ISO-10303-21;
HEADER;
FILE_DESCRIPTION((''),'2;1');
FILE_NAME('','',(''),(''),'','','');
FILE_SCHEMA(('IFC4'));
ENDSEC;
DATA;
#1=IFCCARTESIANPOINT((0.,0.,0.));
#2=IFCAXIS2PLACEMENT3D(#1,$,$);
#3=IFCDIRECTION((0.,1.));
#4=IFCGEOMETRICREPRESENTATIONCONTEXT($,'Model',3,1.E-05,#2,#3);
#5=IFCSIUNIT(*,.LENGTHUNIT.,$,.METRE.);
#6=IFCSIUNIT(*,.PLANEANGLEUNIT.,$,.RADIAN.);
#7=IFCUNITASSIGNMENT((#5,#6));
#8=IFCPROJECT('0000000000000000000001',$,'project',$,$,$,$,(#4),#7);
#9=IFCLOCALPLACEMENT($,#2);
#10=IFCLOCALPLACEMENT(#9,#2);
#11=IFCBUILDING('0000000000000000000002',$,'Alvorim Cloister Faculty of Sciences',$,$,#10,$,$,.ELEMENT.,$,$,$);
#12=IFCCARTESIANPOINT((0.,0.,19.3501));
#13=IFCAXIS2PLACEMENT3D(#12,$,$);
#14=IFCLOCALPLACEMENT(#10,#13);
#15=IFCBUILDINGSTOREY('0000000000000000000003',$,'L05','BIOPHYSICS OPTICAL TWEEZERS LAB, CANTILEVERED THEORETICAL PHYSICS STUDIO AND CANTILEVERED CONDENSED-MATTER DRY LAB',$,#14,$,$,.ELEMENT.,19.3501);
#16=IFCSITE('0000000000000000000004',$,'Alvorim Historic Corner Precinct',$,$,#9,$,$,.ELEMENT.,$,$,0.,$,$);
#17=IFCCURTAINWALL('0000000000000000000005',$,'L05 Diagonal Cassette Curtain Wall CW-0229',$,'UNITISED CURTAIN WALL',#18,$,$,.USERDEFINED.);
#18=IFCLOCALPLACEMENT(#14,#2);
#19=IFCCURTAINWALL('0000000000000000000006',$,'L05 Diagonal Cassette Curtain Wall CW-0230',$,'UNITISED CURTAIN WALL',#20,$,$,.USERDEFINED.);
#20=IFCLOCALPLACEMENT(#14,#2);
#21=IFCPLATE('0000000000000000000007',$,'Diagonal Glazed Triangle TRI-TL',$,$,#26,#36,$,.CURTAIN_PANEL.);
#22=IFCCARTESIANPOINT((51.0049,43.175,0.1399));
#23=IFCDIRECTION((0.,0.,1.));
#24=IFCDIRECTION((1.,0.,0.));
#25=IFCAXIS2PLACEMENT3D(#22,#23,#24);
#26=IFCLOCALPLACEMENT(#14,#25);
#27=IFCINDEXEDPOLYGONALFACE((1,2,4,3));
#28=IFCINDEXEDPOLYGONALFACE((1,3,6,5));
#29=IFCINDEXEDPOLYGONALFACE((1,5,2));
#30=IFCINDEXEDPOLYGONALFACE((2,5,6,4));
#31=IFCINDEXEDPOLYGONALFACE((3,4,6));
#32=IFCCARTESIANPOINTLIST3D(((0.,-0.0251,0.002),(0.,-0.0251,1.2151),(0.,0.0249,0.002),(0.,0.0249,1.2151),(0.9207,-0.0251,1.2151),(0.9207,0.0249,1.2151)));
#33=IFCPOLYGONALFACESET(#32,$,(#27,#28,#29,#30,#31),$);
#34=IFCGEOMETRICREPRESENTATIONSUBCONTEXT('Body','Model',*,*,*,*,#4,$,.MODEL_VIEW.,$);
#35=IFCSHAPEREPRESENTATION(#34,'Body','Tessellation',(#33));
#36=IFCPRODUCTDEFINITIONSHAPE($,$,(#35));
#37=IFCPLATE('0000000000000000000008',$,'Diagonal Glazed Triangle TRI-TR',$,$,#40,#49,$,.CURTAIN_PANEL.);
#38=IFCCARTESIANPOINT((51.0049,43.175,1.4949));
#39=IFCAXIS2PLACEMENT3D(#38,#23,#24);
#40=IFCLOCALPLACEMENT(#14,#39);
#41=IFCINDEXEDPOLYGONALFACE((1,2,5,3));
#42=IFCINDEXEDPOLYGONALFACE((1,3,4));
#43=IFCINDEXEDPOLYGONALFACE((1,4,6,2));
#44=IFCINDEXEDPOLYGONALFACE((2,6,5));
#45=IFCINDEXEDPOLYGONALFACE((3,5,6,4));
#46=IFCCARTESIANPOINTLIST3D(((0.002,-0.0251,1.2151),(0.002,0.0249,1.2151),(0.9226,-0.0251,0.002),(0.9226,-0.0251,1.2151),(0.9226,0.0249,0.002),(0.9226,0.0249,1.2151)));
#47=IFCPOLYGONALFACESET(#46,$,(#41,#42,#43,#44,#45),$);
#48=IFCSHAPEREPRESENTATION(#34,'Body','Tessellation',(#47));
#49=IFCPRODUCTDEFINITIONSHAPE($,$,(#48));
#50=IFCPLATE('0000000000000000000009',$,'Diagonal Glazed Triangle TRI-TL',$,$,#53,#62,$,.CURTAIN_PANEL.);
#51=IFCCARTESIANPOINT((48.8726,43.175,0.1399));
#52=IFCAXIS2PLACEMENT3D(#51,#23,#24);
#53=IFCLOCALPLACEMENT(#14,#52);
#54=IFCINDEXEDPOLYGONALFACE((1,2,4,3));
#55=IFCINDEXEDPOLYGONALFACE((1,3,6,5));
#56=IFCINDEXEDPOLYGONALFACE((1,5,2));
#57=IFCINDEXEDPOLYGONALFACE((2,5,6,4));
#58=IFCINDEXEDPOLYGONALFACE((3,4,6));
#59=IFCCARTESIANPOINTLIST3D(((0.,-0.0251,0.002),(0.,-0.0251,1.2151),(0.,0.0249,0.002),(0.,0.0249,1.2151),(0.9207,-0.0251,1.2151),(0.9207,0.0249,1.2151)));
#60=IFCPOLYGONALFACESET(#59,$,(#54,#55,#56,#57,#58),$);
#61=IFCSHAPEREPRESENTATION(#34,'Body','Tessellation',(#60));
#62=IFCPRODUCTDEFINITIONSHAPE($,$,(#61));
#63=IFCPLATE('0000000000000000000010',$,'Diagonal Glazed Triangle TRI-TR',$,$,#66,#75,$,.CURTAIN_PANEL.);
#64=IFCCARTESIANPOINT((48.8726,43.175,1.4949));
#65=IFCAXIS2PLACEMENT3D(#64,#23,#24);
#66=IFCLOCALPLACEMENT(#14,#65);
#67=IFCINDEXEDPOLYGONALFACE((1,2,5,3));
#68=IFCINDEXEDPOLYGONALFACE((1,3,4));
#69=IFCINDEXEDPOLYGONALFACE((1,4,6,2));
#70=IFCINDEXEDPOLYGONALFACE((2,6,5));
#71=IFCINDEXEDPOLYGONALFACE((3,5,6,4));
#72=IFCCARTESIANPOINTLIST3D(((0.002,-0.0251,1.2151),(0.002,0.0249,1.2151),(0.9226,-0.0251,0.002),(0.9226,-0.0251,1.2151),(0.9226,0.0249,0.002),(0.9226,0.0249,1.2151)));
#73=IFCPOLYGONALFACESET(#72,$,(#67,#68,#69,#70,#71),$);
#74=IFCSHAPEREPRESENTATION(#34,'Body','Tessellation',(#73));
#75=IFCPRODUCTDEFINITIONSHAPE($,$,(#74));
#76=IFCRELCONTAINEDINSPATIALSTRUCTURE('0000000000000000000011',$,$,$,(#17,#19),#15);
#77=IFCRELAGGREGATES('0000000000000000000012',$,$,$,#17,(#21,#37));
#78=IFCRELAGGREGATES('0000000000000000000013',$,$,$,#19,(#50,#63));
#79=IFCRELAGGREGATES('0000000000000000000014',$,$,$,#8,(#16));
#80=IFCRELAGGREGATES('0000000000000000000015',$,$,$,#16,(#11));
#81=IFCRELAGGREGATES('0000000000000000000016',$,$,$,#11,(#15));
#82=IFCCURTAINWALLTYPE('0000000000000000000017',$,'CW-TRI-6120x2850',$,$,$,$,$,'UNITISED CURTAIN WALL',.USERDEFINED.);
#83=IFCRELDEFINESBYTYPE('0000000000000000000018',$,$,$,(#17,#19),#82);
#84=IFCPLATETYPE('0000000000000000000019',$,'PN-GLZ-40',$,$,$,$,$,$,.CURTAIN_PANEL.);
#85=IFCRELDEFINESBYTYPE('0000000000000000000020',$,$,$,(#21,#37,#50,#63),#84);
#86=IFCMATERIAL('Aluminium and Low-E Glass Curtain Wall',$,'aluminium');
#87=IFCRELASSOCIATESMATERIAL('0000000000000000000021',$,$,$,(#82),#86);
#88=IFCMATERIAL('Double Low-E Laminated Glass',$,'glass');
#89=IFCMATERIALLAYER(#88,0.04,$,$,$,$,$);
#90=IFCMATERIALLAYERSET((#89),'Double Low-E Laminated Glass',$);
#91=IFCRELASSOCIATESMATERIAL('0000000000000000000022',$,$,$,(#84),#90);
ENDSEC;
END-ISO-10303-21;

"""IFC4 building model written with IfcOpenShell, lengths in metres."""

from ifc_helpers import new_model, si_unit, direction, frame, origin, place, context, subcontext, project, spatial, polyline, outline, extrude, material, layer, layer_set, type_object, element, aggregate, save


model = new_model("IFC4")

# Units and contexts
model_context = context("Model", 3, precision=1e-05, world=origin(), true_north=direction((0.0, 1.0)))
body_context = subcontext(model_context, "Body", "Model", "MODEL_VIEW")
ifc_project = project(units=[si_unit("LENGTHUNIT", "METRE"), si_unit("PLANEANGLEUNIT", "RADIAN")], contexts=[model_context])

# Site, building, storey
site_placement = place(None, origin())
site = spatial("IfcSite", under=ifc_project, at=site_placement, Name="Alvorim Historic Corner Precinct", CompositionType="ELEMENT", RefElevation=0.0)
building_placement = place(site_placement, origin())
building = spatial("IfcBuilding", under=site, at=building_placement, Name="Alvorim Cloister Faculty of Sciences", CompositionType="ELEMENT")
storey_placement = place(building_placement, frame((0.0, 0.0, 19.3501)))
storey = spatial("IfcBuildingStorey", under=building, at=storey_placement, Name="L05", Description="BIOPHYSICS OPTICAL TWEEZERS LAB, CANTILEVERED THEORETICAL PHYSICS STUDIO AND CANTILEVERED CONDENSED-MATTER DRY LAB", CompositionType="ELEMENT", Elevation=19.3501)

# Curtain walls
ifc_material_1 = material(Name="Aluminium and Low-E Glass Curtain Wall", Category="aluminium")
curtain_wall_type = type_object("IfcCurtainWallType", Name="CW-TRI-6120x2850", ElementType="UNITISED CURTAIN WALL", PredefinedType="USERDEFINED", material=ifc_material_1)
curtain_wall_1_placement = place(storey_placement, origin())
curtain_wall_1 = element("IfcCurtainWall", 1, at=curtain_wall_1_placement, inside=storey, type_object=curtain_wall_type, Name="L05 Diagonal Cassette Curtain Wall CW-0229", ObjectType="UNITISED CURTAIN WALL", PredefinedType="USERDEFINED")
curtain_wall_2_placement = place(storey_placement, origin())
curtain_wall_2 = element("IfcCurtainWall", 2, at=curtain_wall_2_placement, inside=storey, type_object=curtain_wall_type, Name="L05 Diagonal Cassette Curtain Wall CW-0230", ObjectType="UNITISED CURTAIN WALL", PredefinedType="USERDEFINED")

# Plates
ifc_material_2 = material(Name="Double Low-E Laminated Glass", Category="glass")
ifc_layer_1 = layer(ifc_material_2, 0.04)
ifc_layer_set_1 = layer_set([ifc_layer_1], Name="Double Low-E Laminated Glass")
plate_type = type_object("IfcPlateType", Name="PN-GLZ-40", PredefinedType="CURTAIN_PANEL", material=ifc_layer_set_1)
plate_1_placement = place(storey_placement, frame((51.0049, 43.175, 0.1399), z_axis=(0.0, 0.0, 1.0), x_axis=(1.0, 0.0, 0.0)))
plate_1 = element("IfcPlate", 3, at=plate_1_placement, type_object=plate_type, Name="Diagonal Glazed Triangle TRI-TL", PredefinedType="CURTAIN_PANEL", context=body_context, shape_type="SweptSolid", body=[
    extrude(outline(polyline([(0.9207, 1.2151), (0.0, 1.2151), (0.0, 0.002), (0.9207, 1.2151)])), frame((0.0, 0.0249, 0.0), z_axis=(0.0, -1.0, 0.0), x_axis=(1.0, 0.0, 0.0)), (0.0, 0.0, 1.0), 0.05),
])
plate_2_placement = place(storey_placement, frame((51.0049, 43.175, 1.4949), z_axis=(0.0, 0.0, 1.0), x_axis=(1.0, 0.0, 0.0)))
plate_2 = element("IfcPlate", 4, at=plate_2_placement, type_object=plate_type, Name="Diagonal Glazed Triangle TRI-TR", PredefinedType="CURTAIN_PANEL", context=body_context, shape_type="SweptSolid", body=[
    extrude(outline(polyline([(0.9226, 0.002), (0.9226, 1.2151), (0.002, 1.2151), (0.9226, 0.002)])), frame((0.0, 0.0249, 0.0), z_axis=(0.0, -1.0, 0.0), x_axis=(1.0, 0.0, 0.0)), (0.0, 0.0, 1.0), 0.05),
])
aggregate(curtain_wall_1, [plate_1, plate_2])
plate_3_placement = place(storey_placement, frame((48.8726, 43.175, 0.1399), z_axis=(0.0, 0.0, 1.0), x_axis=(1.0, 0.0, 0.0)))
plate_3 = element("IfcPlate", 5, at=plate_3_placement, type_object=plate_type, Name="Diagonal Glazed Triangle TRI-TL", PredefinedType="CURTAIN_PANEL", context=body_context, shape_type="SweptSolid", body=[
    extrude(outline(polyline([(0.9207, 1.2151), (0.0, 1.2151), (0.0, 0.002), (0.9207, 1.2151)])), frame((0.0, 0.0249, 0.0), z_axis=(0.0, -1.0, 0.0), x_axis=(1.0, 0.0, 0.0)), (0.0, 0.0, 1.0), 0.05),
])
plate_4_placement = place(storey_placement, frame((48.8726, 43.175, 1.4949), z_axis=(0.0, 0.0, 1.0), x_axis=(1.0, 0.0, 0.0)))
plate_4 = element("IfcPlate", 6, at=plate_4_placement, type_object=plate_type, Name="Diagonal Glazed Triangle TRI-TR", PredefinedType="CURTAIN_PANEL", context=body_context, shape_type="SweptSolid", body=[
    extrude(outline(polyline([(0.9226, 0.002), (0.9226, 1.2151), (0.002, 1.2151), (0.9226, 0.002)])), frame((0.0, 0.0249, 0.0), z_axis=(0.0, -1.0, 0.0), x_axis=(1.0, 0.0, 0.0)), (0.0, 0.0, 1.0), 0.05),
])
aggregate(curtain_wall_2, [plate_3, plate_4])

save(model, "model.ifc")
